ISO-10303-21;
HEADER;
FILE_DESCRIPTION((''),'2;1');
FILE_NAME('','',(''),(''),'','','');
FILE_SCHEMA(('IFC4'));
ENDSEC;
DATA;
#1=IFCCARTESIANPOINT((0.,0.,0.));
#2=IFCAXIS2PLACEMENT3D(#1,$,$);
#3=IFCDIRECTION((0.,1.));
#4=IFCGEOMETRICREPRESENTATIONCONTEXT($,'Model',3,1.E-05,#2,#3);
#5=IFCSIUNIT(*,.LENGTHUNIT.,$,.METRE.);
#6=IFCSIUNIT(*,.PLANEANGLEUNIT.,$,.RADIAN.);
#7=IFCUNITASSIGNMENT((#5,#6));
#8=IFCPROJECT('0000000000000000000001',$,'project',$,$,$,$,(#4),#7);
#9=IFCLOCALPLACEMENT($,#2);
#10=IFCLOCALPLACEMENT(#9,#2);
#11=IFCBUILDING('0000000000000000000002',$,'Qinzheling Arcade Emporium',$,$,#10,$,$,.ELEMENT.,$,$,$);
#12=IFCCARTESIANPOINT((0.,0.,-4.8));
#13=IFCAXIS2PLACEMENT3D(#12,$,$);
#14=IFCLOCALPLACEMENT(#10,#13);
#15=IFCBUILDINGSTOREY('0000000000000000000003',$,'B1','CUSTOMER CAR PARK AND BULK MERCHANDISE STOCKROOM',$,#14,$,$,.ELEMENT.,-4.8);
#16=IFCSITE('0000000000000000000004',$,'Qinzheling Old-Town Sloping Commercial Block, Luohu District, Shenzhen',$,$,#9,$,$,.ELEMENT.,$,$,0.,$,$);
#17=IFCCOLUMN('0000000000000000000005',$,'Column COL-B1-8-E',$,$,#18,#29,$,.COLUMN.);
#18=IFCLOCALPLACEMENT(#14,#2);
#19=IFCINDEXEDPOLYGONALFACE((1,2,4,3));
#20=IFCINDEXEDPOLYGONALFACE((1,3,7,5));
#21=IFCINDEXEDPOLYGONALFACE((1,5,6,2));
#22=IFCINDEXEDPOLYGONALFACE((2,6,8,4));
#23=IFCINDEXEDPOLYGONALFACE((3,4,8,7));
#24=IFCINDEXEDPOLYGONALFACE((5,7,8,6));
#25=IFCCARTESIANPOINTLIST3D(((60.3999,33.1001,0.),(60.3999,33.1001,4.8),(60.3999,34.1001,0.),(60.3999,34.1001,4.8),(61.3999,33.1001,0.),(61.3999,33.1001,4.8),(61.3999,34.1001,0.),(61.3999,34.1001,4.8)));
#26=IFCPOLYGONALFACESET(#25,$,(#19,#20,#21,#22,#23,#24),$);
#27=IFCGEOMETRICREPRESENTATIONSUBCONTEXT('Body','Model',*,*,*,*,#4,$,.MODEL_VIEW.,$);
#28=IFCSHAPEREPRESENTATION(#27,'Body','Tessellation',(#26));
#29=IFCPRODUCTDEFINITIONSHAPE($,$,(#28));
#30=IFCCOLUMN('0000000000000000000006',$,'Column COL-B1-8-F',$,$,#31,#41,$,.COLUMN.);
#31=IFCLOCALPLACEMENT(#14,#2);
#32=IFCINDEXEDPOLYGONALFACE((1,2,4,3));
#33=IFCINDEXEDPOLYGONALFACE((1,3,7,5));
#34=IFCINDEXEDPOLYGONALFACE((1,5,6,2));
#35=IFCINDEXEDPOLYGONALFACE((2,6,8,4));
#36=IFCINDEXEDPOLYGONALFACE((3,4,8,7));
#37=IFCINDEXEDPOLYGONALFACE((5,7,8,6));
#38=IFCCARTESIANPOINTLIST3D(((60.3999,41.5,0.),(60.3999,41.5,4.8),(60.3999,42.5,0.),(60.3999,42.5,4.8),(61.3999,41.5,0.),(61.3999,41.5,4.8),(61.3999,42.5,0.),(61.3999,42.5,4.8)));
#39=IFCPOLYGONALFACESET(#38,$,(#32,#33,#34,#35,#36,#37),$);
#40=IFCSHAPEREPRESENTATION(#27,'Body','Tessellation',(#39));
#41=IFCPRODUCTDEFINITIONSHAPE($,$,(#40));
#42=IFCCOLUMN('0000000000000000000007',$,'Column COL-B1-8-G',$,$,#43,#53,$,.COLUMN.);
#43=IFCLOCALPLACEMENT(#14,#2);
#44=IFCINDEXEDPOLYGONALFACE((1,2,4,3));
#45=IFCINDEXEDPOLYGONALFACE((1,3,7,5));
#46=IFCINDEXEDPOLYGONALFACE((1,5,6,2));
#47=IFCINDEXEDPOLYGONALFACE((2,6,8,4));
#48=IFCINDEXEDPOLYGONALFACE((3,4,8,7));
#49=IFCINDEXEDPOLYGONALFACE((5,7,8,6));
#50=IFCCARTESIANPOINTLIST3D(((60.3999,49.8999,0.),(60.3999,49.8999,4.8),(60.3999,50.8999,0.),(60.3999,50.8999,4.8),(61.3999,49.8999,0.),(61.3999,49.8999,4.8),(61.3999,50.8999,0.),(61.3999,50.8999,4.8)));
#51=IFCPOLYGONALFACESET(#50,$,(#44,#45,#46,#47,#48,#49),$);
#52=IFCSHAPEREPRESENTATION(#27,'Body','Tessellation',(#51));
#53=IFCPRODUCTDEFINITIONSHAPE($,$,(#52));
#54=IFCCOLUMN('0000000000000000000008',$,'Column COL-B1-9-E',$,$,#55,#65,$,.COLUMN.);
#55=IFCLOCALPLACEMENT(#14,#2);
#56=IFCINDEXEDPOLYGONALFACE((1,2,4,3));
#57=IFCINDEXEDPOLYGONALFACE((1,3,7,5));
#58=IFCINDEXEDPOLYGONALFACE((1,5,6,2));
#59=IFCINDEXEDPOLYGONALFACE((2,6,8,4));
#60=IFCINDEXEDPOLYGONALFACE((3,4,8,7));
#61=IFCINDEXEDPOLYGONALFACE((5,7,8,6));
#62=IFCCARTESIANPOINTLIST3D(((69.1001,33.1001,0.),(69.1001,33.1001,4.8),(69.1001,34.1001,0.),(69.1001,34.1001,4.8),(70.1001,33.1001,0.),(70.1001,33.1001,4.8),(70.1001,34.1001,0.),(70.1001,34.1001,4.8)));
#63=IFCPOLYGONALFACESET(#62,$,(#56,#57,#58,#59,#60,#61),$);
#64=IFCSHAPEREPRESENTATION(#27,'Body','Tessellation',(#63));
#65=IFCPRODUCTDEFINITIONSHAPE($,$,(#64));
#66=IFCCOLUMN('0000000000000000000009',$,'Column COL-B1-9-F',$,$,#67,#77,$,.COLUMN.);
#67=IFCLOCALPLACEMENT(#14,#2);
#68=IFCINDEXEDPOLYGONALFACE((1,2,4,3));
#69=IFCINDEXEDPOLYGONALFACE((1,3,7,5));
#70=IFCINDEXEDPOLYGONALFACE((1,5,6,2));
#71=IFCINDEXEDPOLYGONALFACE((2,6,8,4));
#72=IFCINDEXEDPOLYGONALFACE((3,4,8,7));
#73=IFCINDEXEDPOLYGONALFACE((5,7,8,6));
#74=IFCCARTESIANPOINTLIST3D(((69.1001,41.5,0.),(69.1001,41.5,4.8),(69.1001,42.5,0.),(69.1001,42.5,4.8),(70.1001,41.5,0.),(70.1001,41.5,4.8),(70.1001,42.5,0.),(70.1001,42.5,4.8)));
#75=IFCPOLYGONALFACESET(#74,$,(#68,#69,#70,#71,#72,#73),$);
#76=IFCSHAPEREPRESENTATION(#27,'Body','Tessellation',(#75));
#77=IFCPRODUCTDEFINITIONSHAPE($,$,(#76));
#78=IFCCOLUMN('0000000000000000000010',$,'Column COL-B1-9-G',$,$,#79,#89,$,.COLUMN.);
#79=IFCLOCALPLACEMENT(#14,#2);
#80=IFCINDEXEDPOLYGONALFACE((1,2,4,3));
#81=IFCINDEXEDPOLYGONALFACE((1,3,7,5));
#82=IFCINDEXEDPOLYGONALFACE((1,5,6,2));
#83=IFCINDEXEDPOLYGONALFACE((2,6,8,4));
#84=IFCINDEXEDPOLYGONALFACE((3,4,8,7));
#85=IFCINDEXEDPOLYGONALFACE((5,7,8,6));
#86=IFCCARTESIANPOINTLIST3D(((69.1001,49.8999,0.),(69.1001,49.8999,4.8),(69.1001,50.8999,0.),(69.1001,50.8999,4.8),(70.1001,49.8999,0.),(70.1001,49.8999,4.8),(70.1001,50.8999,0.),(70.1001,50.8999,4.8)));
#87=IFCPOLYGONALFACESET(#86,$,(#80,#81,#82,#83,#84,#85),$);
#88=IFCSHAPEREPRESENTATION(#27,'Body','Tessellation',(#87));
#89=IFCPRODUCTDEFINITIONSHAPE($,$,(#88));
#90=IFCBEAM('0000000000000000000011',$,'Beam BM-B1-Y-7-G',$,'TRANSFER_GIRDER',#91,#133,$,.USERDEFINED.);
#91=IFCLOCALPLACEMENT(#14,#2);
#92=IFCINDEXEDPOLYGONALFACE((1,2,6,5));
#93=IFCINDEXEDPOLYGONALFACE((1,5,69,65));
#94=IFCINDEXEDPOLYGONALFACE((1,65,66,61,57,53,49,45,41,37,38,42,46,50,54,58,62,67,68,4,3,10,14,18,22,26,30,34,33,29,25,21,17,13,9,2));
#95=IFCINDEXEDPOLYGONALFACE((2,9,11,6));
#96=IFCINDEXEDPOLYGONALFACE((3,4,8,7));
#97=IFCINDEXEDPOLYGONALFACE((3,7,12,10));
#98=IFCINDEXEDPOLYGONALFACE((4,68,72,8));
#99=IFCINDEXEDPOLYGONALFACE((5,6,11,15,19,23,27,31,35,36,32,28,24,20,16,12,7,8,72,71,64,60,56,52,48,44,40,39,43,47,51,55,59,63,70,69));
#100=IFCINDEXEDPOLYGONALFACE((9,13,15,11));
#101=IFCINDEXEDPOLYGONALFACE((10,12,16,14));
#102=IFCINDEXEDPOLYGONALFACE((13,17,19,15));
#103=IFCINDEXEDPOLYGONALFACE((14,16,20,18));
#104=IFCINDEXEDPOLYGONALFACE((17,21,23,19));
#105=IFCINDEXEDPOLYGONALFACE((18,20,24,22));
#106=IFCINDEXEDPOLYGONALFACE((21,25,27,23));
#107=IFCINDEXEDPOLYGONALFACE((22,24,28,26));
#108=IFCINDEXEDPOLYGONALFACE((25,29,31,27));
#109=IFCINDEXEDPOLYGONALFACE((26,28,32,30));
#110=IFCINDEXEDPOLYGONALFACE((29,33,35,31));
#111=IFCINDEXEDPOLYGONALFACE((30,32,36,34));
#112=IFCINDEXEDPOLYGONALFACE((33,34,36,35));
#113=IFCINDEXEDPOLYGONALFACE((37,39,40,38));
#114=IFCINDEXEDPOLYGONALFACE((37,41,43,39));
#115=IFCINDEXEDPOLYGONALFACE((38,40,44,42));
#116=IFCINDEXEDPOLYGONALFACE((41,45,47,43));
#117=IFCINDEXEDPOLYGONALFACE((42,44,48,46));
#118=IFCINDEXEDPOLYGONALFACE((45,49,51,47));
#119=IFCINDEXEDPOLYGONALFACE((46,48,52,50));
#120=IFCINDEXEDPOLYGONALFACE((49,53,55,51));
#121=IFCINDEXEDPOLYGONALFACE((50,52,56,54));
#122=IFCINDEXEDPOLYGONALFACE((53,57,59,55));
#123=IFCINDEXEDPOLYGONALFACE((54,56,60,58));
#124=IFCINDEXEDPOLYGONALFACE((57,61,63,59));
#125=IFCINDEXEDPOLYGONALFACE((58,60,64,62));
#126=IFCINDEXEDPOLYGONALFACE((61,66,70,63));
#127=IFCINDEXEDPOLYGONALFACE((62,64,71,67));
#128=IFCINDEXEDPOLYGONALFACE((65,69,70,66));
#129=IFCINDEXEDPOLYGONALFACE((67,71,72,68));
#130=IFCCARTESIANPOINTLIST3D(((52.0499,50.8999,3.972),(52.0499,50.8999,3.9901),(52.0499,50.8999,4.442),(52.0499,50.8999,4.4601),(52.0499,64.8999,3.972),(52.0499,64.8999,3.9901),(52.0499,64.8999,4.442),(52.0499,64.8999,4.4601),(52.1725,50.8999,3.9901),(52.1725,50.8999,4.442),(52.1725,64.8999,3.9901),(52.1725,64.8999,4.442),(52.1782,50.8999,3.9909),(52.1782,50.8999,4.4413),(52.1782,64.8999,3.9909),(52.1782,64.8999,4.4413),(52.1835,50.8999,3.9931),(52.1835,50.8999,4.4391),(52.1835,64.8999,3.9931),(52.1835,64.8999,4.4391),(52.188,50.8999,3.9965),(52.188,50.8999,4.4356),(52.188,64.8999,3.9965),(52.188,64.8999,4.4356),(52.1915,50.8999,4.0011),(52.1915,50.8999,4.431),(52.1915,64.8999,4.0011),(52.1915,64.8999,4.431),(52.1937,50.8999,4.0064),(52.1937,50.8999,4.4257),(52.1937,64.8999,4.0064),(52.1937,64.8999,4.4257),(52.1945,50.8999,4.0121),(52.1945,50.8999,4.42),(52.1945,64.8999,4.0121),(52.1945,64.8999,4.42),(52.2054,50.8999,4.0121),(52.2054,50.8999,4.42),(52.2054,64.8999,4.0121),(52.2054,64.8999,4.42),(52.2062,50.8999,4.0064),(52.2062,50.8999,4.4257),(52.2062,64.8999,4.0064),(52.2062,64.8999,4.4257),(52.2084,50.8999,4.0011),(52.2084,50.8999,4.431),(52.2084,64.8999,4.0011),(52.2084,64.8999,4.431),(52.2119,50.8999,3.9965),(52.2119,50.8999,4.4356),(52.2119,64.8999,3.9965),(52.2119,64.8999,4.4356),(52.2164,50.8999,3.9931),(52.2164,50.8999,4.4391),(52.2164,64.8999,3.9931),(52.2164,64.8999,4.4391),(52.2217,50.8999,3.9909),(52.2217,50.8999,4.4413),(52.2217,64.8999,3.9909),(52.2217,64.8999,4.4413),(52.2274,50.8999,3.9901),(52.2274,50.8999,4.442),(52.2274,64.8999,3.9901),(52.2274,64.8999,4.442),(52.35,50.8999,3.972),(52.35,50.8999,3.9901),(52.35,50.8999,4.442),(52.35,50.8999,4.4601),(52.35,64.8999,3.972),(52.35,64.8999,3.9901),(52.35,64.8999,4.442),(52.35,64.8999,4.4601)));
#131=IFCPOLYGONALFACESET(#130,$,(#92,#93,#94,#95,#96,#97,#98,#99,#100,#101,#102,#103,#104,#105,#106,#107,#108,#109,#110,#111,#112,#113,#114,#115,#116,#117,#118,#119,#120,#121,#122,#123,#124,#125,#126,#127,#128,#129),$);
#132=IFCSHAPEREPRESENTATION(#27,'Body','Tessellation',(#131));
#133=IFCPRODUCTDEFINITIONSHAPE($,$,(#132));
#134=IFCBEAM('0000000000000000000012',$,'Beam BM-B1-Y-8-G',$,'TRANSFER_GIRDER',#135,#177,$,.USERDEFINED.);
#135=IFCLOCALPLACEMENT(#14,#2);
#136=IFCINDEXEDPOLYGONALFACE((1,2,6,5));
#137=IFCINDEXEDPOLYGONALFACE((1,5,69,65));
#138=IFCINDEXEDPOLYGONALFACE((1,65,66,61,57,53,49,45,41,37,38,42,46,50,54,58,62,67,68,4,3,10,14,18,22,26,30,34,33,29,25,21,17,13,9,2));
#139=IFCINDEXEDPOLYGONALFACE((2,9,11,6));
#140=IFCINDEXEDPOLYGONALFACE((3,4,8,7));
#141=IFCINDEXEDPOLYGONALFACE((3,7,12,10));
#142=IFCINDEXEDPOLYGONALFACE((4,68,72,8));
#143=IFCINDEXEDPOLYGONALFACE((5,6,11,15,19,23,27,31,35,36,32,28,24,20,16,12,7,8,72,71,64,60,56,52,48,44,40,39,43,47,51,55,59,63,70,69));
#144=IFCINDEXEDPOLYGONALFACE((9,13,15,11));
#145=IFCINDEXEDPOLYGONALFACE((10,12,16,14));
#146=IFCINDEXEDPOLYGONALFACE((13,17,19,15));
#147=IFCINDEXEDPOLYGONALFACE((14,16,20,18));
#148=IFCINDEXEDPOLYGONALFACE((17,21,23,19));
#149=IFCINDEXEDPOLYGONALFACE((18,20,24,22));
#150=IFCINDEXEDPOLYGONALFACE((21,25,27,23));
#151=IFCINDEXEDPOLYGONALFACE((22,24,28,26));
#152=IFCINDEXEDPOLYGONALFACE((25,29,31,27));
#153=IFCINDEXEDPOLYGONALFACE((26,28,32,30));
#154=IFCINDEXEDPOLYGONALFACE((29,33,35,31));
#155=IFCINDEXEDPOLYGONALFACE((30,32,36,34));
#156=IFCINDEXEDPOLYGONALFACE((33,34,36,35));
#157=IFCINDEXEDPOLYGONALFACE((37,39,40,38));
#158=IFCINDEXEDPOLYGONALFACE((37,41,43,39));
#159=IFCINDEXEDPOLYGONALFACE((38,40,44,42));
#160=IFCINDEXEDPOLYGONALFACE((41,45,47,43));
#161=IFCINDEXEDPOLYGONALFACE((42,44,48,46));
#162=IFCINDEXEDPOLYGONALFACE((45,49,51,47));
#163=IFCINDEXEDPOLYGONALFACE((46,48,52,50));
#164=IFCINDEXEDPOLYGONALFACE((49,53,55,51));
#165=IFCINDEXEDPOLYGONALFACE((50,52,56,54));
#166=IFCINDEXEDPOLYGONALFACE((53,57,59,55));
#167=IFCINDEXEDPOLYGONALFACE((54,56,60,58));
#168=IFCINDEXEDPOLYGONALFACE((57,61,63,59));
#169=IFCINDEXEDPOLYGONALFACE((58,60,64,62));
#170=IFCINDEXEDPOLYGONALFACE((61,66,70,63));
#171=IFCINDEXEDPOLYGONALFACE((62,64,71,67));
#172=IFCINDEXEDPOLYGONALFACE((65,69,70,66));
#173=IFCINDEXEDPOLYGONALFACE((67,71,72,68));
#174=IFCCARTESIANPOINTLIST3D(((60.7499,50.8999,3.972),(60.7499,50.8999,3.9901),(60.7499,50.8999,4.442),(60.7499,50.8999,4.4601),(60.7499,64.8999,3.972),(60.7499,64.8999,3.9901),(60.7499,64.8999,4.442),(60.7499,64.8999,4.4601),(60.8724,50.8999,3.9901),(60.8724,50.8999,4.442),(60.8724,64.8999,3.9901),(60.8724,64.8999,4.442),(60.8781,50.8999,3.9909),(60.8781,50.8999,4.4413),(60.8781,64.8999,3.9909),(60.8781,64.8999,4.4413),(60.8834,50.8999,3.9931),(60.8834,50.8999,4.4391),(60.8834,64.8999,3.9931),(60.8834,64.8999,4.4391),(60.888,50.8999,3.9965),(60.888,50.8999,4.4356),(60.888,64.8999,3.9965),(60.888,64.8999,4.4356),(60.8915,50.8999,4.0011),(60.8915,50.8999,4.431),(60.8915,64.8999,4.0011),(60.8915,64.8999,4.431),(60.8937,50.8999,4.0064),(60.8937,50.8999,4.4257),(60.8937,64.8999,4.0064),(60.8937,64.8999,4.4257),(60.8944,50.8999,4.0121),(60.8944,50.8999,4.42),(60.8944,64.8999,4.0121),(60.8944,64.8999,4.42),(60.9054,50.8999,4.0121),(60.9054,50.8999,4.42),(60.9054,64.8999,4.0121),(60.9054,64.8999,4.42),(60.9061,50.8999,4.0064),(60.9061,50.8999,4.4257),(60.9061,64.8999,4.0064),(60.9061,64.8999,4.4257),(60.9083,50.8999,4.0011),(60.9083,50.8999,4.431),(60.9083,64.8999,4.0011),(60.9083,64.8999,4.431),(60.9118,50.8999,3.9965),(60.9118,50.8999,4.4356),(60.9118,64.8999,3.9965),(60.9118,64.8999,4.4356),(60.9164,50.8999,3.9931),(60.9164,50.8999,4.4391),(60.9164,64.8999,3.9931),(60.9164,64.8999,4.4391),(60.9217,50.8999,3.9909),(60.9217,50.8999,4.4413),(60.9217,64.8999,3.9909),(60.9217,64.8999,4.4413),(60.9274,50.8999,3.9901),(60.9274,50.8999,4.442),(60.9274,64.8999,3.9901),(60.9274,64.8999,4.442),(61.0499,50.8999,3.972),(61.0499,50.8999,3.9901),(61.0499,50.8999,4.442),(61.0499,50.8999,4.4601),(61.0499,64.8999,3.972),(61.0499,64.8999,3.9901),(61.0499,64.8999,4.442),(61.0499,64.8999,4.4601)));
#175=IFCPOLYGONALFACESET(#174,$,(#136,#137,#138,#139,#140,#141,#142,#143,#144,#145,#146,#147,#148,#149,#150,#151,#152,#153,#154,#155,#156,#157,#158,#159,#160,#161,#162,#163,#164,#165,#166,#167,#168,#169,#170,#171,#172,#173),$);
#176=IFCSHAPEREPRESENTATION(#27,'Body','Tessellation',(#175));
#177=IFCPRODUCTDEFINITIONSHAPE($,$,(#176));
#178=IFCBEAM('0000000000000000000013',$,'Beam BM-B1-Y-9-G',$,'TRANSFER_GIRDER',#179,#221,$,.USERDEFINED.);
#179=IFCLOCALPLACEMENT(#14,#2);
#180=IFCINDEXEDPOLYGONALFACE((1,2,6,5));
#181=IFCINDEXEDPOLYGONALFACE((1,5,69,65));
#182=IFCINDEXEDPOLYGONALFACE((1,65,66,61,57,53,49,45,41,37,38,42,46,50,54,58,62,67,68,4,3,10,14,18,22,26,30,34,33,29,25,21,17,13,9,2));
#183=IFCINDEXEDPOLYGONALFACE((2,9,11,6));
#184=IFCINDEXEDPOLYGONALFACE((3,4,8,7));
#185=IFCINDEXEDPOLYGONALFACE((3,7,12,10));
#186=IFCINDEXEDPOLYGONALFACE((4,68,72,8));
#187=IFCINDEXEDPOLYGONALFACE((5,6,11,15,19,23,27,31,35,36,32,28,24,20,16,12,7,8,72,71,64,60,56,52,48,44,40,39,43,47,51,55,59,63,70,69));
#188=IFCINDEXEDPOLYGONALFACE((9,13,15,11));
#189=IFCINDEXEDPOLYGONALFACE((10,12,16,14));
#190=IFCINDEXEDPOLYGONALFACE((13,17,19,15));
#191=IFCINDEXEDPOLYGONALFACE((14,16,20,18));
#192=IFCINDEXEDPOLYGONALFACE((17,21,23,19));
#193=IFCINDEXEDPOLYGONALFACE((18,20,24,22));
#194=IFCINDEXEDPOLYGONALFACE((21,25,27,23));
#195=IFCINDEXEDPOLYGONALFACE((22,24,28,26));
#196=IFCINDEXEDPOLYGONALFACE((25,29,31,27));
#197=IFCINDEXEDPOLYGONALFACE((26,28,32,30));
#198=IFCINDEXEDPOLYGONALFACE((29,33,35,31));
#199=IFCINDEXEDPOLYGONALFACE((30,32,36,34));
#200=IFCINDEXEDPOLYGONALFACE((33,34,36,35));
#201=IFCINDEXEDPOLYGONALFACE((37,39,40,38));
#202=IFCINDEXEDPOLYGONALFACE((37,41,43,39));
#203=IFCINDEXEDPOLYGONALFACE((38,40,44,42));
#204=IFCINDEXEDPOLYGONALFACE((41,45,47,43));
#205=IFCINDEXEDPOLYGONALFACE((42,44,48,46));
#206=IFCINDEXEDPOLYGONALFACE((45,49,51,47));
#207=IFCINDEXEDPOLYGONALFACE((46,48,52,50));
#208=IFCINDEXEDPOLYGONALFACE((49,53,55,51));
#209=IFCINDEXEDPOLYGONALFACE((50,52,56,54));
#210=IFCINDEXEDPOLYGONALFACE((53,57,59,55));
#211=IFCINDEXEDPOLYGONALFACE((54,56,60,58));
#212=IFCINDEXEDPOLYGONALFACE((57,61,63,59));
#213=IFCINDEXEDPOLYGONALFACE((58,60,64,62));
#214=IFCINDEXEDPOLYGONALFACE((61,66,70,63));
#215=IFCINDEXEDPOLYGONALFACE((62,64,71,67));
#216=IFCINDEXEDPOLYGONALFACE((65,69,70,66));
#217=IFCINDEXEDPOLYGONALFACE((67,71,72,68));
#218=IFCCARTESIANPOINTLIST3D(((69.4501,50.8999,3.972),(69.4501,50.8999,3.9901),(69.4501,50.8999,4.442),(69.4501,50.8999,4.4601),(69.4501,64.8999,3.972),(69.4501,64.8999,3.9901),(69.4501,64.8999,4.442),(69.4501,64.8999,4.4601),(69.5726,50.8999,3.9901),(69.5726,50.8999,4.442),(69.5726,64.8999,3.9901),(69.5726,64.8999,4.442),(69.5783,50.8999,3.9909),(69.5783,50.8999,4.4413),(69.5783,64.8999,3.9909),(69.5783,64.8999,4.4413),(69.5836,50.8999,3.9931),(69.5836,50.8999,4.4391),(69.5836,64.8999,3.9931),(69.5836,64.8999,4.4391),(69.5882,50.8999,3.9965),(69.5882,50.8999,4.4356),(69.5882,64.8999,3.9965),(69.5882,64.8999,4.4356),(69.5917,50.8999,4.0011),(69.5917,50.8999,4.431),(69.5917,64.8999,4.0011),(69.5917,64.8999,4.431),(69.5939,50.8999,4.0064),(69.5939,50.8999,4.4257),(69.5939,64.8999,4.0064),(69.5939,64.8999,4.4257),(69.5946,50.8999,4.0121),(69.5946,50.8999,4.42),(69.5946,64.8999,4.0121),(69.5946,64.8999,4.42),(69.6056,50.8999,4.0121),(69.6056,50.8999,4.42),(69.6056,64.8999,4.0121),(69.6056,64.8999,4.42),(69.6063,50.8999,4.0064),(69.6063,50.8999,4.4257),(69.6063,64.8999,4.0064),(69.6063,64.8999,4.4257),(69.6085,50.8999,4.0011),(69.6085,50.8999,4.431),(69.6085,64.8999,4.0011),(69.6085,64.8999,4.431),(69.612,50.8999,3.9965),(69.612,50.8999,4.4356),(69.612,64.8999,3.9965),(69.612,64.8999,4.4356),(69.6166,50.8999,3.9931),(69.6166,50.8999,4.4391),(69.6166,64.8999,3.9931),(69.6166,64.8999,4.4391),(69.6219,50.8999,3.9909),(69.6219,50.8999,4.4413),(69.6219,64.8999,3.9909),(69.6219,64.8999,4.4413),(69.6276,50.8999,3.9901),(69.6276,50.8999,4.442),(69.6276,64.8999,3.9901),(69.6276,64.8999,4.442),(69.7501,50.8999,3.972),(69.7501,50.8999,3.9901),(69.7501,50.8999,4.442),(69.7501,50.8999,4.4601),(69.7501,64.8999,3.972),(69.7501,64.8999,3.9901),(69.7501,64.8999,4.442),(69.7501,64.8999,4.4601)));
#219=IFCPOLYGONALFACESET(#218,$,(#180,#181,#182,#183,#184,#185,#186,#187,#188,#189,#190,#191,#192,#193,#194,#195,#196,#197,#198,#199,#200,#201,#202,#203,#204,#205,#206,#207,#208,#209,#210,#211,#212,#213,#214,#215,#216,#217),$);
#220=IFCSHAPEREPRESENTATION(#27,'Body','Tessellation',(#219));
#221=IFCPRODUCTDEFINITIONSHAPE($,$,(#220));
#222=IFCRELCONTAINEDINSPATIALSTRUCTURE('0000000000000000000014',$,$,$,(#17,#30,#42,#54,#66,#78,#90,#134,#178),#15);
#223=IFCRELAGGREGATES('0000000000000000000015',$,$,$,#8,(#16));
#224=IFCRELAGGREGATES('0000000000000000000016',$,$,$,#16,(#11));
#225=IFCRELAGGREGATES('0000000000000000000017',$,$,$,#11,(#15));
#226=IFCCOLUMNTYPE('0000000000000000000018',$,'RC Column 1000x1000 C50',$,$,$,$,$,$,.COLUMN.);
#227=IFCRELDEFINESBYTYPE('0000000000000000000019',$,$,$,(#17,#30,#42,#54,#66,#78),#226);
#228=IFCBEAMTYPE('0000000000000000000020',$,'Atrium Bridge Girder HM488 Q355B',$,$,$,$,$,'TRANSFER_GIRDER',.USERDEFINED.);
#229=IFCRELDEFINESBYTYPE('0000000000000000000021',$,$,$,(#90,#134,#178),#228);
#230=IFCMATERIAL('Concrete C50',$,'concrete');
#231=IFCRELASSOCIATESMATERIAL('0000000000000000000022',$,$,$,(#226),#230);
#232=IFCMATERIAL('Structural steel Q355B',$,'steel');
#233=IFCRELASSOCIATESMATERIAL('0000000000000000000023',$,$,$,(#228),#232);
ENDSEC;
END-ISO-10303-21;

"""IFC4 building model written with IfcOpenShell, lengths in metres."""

from ifc_helpers import new_model, si_unit, direction, frame, origin, origin_2d, place, context, subcontext, project, spatial, rectangle, i_section, extrude, material, material_profile, profile_set, type_object, element, save


model = new_model("IFC4")

# Units and contexts
model_context = context("Model", 3, precision=1e-05, world=origin(), true_north=direction((0.0, 1.0)))
body_context = subcontext(model_context, "Body", "Model", "MODEL_VIEW")
ifc_project = project(units=[si_unit("LENGTHUNIT", "METRE"), si_unit("PLANEANGLEUNIT", "RADIAN")], contexts=[model_context])

# Site, building, storey
site_placement = place(None, origin())
site = spatial("IfcSite", under=ifc_project, at=site_placement, Name="Qinzheling Old-Town Sloping Commercial Block, Luohu District, Shenzhen", CompositionType="ELEMENT", RefElevation=0.0)
building_placement = place(site_placement, origin())
building = spatial("IfcBuilding", under=site, at=building_placement, Name="Qinzheling Arcade Emporium", CompositionType="ELEMENT")
storey_placement = place(building_placement, frame((0.0, 0.0, -4.8)))
storey = spatial("IfcBuildingStorey", under=building, at=storey_placement, Name="B1", Description="CUSTOMER CAR PARK AND BULK MERCHANDISE STOCKROOM", CompositionType="ELEMENT", Elevation=-4.8)

# Columns
ifc_material_1 = material(Name="Concrete C50", Category="concrete")
ifc_material_profile_1 = material_profile(ifc_material_1, rectangle(XDim=1.0, YDim=1.0, at=origin_2d()), Name="RC 1000x1000", Category="concrete")
ifc_profile_set_1 = profile_set([ifc_material_profile_1], Name="Concrete C50")
column_type = type_object("IfcColumnType", Name="RC Column 1000x1000 C50", PredefinedType="COLUMN", material=ifc_profile_set_1)
for number, where, z_axis, x_axis, name in (
    (1, (60.8999, 33.6001, 0.0), (0.0, 0.0, 1.0), (1.0, 0.0, 0.0), "Column COL-B1-8-E"),
    (2, (60.8999, 42.0, 0.0), (0.0, 0.0, 1.0), (1.0, 0.0, 0.0), "Column COL-B1-8-F"),
    (3, (60.8999, 50.3999, 0.0), (0.0, 0.0, 1.0), (1.0, 0.0, 0.0), "Column COL-B1-8-G"),
    (4, (69.6001, 33.6001, 0.0), (0.0, 0.0, 1.0), (1.0, 0.0, 0.0), "Column COL-B1-9-E"),
    (5, (69.6001, 42.0, 0.0), (0.0, 0.0, 1.0), (1.0, 0.0, 0.0), "Column COL-B1-9-F"),
    (6, (69.6001, 50.3999, 0.0), (0.0, 0.0, 1.0), (1.0, 0.0, 0.0), "Column COL-B1-9-G"),
):
    element("IfcColumn", number, at=place(storey_placement, frame(where, z_axis=z_axis, x_axis=x_axis)), inside=storey, type_object=column_type, Name=name, PredefinedType="COLUMN", context=body_context, shape_type="SweptSolid", body=[
        extrude(rectangle(XDim=1.0, YDim=1.0, at=origin_2d()), origin(), (0.0, 0.0, 1.0), 4.8),
    ])

# Beams
ifc_material_2 = material(Name="Structural steel Q355B", Category="steel")
ifc_material_profile_2 = material_profile(ifc_material_2, i_section(OverallWidth=0.3, OverallDepth=0.488, WebThickness=0.011, FlangeThickness=0.0181, FilletRadius=0.022, at=origin_2d()), Name="HM 488x300x11x18", Category="steel")
ifc_profile_set_2 = profile_set([ifc_material_profile_2], Name="Structural steel Q355B")
beam_type_1 = type_object("IfcBeamType", Name="Atrium Bridge Girder HM488 Q355B", ElementType="TRANSFER_GIRDER", PredefinedType="USERDEFINED", material=ifc_profile_set_2)
for number, where, z_axis, x_axis, name in (
    (7, (52.2, 50.8999, 4.2161), (0.0, 1.0, 0.0), (-1.0, 0.0, 0.0), "Beam BM-B1-Y-7-G"),
    (8, (60.8999, 50.8999, 4.2161), (0.0, 1.0, 0.0), (-1.0, 0.0, 0.0), "Beam BM-B1-Y-8-G"),
    (9, (69.6001, 50.8999, 4.2161), (0.0, 1.0, 0.0), (-1.0, 0.0, 0.0), "Beam BM-B1-Y-9-G"),
):
    element("IfcBeam", number, at=place(storey_placement, frame(where, z_axis=z_axis, x_axis=x_axis)), inside=storey, type_object=beam_type_1, Name=name, ObjectType="TRANSFER_GIRDER", PredefinedType="USERDEFINED", context=body_context, shape_type="SweptSolid", body=[
        extrude(i_section(OverallWidth=0.3, OverallDepth=0.488, WebThickness=0.011, FlangeThickness=0.0181, FilletRadius=0.022, at=origin_2d()), origin(), (0.0, 0.0, 1.0), 14.0),
    ])

save(model, "model.ifc")
